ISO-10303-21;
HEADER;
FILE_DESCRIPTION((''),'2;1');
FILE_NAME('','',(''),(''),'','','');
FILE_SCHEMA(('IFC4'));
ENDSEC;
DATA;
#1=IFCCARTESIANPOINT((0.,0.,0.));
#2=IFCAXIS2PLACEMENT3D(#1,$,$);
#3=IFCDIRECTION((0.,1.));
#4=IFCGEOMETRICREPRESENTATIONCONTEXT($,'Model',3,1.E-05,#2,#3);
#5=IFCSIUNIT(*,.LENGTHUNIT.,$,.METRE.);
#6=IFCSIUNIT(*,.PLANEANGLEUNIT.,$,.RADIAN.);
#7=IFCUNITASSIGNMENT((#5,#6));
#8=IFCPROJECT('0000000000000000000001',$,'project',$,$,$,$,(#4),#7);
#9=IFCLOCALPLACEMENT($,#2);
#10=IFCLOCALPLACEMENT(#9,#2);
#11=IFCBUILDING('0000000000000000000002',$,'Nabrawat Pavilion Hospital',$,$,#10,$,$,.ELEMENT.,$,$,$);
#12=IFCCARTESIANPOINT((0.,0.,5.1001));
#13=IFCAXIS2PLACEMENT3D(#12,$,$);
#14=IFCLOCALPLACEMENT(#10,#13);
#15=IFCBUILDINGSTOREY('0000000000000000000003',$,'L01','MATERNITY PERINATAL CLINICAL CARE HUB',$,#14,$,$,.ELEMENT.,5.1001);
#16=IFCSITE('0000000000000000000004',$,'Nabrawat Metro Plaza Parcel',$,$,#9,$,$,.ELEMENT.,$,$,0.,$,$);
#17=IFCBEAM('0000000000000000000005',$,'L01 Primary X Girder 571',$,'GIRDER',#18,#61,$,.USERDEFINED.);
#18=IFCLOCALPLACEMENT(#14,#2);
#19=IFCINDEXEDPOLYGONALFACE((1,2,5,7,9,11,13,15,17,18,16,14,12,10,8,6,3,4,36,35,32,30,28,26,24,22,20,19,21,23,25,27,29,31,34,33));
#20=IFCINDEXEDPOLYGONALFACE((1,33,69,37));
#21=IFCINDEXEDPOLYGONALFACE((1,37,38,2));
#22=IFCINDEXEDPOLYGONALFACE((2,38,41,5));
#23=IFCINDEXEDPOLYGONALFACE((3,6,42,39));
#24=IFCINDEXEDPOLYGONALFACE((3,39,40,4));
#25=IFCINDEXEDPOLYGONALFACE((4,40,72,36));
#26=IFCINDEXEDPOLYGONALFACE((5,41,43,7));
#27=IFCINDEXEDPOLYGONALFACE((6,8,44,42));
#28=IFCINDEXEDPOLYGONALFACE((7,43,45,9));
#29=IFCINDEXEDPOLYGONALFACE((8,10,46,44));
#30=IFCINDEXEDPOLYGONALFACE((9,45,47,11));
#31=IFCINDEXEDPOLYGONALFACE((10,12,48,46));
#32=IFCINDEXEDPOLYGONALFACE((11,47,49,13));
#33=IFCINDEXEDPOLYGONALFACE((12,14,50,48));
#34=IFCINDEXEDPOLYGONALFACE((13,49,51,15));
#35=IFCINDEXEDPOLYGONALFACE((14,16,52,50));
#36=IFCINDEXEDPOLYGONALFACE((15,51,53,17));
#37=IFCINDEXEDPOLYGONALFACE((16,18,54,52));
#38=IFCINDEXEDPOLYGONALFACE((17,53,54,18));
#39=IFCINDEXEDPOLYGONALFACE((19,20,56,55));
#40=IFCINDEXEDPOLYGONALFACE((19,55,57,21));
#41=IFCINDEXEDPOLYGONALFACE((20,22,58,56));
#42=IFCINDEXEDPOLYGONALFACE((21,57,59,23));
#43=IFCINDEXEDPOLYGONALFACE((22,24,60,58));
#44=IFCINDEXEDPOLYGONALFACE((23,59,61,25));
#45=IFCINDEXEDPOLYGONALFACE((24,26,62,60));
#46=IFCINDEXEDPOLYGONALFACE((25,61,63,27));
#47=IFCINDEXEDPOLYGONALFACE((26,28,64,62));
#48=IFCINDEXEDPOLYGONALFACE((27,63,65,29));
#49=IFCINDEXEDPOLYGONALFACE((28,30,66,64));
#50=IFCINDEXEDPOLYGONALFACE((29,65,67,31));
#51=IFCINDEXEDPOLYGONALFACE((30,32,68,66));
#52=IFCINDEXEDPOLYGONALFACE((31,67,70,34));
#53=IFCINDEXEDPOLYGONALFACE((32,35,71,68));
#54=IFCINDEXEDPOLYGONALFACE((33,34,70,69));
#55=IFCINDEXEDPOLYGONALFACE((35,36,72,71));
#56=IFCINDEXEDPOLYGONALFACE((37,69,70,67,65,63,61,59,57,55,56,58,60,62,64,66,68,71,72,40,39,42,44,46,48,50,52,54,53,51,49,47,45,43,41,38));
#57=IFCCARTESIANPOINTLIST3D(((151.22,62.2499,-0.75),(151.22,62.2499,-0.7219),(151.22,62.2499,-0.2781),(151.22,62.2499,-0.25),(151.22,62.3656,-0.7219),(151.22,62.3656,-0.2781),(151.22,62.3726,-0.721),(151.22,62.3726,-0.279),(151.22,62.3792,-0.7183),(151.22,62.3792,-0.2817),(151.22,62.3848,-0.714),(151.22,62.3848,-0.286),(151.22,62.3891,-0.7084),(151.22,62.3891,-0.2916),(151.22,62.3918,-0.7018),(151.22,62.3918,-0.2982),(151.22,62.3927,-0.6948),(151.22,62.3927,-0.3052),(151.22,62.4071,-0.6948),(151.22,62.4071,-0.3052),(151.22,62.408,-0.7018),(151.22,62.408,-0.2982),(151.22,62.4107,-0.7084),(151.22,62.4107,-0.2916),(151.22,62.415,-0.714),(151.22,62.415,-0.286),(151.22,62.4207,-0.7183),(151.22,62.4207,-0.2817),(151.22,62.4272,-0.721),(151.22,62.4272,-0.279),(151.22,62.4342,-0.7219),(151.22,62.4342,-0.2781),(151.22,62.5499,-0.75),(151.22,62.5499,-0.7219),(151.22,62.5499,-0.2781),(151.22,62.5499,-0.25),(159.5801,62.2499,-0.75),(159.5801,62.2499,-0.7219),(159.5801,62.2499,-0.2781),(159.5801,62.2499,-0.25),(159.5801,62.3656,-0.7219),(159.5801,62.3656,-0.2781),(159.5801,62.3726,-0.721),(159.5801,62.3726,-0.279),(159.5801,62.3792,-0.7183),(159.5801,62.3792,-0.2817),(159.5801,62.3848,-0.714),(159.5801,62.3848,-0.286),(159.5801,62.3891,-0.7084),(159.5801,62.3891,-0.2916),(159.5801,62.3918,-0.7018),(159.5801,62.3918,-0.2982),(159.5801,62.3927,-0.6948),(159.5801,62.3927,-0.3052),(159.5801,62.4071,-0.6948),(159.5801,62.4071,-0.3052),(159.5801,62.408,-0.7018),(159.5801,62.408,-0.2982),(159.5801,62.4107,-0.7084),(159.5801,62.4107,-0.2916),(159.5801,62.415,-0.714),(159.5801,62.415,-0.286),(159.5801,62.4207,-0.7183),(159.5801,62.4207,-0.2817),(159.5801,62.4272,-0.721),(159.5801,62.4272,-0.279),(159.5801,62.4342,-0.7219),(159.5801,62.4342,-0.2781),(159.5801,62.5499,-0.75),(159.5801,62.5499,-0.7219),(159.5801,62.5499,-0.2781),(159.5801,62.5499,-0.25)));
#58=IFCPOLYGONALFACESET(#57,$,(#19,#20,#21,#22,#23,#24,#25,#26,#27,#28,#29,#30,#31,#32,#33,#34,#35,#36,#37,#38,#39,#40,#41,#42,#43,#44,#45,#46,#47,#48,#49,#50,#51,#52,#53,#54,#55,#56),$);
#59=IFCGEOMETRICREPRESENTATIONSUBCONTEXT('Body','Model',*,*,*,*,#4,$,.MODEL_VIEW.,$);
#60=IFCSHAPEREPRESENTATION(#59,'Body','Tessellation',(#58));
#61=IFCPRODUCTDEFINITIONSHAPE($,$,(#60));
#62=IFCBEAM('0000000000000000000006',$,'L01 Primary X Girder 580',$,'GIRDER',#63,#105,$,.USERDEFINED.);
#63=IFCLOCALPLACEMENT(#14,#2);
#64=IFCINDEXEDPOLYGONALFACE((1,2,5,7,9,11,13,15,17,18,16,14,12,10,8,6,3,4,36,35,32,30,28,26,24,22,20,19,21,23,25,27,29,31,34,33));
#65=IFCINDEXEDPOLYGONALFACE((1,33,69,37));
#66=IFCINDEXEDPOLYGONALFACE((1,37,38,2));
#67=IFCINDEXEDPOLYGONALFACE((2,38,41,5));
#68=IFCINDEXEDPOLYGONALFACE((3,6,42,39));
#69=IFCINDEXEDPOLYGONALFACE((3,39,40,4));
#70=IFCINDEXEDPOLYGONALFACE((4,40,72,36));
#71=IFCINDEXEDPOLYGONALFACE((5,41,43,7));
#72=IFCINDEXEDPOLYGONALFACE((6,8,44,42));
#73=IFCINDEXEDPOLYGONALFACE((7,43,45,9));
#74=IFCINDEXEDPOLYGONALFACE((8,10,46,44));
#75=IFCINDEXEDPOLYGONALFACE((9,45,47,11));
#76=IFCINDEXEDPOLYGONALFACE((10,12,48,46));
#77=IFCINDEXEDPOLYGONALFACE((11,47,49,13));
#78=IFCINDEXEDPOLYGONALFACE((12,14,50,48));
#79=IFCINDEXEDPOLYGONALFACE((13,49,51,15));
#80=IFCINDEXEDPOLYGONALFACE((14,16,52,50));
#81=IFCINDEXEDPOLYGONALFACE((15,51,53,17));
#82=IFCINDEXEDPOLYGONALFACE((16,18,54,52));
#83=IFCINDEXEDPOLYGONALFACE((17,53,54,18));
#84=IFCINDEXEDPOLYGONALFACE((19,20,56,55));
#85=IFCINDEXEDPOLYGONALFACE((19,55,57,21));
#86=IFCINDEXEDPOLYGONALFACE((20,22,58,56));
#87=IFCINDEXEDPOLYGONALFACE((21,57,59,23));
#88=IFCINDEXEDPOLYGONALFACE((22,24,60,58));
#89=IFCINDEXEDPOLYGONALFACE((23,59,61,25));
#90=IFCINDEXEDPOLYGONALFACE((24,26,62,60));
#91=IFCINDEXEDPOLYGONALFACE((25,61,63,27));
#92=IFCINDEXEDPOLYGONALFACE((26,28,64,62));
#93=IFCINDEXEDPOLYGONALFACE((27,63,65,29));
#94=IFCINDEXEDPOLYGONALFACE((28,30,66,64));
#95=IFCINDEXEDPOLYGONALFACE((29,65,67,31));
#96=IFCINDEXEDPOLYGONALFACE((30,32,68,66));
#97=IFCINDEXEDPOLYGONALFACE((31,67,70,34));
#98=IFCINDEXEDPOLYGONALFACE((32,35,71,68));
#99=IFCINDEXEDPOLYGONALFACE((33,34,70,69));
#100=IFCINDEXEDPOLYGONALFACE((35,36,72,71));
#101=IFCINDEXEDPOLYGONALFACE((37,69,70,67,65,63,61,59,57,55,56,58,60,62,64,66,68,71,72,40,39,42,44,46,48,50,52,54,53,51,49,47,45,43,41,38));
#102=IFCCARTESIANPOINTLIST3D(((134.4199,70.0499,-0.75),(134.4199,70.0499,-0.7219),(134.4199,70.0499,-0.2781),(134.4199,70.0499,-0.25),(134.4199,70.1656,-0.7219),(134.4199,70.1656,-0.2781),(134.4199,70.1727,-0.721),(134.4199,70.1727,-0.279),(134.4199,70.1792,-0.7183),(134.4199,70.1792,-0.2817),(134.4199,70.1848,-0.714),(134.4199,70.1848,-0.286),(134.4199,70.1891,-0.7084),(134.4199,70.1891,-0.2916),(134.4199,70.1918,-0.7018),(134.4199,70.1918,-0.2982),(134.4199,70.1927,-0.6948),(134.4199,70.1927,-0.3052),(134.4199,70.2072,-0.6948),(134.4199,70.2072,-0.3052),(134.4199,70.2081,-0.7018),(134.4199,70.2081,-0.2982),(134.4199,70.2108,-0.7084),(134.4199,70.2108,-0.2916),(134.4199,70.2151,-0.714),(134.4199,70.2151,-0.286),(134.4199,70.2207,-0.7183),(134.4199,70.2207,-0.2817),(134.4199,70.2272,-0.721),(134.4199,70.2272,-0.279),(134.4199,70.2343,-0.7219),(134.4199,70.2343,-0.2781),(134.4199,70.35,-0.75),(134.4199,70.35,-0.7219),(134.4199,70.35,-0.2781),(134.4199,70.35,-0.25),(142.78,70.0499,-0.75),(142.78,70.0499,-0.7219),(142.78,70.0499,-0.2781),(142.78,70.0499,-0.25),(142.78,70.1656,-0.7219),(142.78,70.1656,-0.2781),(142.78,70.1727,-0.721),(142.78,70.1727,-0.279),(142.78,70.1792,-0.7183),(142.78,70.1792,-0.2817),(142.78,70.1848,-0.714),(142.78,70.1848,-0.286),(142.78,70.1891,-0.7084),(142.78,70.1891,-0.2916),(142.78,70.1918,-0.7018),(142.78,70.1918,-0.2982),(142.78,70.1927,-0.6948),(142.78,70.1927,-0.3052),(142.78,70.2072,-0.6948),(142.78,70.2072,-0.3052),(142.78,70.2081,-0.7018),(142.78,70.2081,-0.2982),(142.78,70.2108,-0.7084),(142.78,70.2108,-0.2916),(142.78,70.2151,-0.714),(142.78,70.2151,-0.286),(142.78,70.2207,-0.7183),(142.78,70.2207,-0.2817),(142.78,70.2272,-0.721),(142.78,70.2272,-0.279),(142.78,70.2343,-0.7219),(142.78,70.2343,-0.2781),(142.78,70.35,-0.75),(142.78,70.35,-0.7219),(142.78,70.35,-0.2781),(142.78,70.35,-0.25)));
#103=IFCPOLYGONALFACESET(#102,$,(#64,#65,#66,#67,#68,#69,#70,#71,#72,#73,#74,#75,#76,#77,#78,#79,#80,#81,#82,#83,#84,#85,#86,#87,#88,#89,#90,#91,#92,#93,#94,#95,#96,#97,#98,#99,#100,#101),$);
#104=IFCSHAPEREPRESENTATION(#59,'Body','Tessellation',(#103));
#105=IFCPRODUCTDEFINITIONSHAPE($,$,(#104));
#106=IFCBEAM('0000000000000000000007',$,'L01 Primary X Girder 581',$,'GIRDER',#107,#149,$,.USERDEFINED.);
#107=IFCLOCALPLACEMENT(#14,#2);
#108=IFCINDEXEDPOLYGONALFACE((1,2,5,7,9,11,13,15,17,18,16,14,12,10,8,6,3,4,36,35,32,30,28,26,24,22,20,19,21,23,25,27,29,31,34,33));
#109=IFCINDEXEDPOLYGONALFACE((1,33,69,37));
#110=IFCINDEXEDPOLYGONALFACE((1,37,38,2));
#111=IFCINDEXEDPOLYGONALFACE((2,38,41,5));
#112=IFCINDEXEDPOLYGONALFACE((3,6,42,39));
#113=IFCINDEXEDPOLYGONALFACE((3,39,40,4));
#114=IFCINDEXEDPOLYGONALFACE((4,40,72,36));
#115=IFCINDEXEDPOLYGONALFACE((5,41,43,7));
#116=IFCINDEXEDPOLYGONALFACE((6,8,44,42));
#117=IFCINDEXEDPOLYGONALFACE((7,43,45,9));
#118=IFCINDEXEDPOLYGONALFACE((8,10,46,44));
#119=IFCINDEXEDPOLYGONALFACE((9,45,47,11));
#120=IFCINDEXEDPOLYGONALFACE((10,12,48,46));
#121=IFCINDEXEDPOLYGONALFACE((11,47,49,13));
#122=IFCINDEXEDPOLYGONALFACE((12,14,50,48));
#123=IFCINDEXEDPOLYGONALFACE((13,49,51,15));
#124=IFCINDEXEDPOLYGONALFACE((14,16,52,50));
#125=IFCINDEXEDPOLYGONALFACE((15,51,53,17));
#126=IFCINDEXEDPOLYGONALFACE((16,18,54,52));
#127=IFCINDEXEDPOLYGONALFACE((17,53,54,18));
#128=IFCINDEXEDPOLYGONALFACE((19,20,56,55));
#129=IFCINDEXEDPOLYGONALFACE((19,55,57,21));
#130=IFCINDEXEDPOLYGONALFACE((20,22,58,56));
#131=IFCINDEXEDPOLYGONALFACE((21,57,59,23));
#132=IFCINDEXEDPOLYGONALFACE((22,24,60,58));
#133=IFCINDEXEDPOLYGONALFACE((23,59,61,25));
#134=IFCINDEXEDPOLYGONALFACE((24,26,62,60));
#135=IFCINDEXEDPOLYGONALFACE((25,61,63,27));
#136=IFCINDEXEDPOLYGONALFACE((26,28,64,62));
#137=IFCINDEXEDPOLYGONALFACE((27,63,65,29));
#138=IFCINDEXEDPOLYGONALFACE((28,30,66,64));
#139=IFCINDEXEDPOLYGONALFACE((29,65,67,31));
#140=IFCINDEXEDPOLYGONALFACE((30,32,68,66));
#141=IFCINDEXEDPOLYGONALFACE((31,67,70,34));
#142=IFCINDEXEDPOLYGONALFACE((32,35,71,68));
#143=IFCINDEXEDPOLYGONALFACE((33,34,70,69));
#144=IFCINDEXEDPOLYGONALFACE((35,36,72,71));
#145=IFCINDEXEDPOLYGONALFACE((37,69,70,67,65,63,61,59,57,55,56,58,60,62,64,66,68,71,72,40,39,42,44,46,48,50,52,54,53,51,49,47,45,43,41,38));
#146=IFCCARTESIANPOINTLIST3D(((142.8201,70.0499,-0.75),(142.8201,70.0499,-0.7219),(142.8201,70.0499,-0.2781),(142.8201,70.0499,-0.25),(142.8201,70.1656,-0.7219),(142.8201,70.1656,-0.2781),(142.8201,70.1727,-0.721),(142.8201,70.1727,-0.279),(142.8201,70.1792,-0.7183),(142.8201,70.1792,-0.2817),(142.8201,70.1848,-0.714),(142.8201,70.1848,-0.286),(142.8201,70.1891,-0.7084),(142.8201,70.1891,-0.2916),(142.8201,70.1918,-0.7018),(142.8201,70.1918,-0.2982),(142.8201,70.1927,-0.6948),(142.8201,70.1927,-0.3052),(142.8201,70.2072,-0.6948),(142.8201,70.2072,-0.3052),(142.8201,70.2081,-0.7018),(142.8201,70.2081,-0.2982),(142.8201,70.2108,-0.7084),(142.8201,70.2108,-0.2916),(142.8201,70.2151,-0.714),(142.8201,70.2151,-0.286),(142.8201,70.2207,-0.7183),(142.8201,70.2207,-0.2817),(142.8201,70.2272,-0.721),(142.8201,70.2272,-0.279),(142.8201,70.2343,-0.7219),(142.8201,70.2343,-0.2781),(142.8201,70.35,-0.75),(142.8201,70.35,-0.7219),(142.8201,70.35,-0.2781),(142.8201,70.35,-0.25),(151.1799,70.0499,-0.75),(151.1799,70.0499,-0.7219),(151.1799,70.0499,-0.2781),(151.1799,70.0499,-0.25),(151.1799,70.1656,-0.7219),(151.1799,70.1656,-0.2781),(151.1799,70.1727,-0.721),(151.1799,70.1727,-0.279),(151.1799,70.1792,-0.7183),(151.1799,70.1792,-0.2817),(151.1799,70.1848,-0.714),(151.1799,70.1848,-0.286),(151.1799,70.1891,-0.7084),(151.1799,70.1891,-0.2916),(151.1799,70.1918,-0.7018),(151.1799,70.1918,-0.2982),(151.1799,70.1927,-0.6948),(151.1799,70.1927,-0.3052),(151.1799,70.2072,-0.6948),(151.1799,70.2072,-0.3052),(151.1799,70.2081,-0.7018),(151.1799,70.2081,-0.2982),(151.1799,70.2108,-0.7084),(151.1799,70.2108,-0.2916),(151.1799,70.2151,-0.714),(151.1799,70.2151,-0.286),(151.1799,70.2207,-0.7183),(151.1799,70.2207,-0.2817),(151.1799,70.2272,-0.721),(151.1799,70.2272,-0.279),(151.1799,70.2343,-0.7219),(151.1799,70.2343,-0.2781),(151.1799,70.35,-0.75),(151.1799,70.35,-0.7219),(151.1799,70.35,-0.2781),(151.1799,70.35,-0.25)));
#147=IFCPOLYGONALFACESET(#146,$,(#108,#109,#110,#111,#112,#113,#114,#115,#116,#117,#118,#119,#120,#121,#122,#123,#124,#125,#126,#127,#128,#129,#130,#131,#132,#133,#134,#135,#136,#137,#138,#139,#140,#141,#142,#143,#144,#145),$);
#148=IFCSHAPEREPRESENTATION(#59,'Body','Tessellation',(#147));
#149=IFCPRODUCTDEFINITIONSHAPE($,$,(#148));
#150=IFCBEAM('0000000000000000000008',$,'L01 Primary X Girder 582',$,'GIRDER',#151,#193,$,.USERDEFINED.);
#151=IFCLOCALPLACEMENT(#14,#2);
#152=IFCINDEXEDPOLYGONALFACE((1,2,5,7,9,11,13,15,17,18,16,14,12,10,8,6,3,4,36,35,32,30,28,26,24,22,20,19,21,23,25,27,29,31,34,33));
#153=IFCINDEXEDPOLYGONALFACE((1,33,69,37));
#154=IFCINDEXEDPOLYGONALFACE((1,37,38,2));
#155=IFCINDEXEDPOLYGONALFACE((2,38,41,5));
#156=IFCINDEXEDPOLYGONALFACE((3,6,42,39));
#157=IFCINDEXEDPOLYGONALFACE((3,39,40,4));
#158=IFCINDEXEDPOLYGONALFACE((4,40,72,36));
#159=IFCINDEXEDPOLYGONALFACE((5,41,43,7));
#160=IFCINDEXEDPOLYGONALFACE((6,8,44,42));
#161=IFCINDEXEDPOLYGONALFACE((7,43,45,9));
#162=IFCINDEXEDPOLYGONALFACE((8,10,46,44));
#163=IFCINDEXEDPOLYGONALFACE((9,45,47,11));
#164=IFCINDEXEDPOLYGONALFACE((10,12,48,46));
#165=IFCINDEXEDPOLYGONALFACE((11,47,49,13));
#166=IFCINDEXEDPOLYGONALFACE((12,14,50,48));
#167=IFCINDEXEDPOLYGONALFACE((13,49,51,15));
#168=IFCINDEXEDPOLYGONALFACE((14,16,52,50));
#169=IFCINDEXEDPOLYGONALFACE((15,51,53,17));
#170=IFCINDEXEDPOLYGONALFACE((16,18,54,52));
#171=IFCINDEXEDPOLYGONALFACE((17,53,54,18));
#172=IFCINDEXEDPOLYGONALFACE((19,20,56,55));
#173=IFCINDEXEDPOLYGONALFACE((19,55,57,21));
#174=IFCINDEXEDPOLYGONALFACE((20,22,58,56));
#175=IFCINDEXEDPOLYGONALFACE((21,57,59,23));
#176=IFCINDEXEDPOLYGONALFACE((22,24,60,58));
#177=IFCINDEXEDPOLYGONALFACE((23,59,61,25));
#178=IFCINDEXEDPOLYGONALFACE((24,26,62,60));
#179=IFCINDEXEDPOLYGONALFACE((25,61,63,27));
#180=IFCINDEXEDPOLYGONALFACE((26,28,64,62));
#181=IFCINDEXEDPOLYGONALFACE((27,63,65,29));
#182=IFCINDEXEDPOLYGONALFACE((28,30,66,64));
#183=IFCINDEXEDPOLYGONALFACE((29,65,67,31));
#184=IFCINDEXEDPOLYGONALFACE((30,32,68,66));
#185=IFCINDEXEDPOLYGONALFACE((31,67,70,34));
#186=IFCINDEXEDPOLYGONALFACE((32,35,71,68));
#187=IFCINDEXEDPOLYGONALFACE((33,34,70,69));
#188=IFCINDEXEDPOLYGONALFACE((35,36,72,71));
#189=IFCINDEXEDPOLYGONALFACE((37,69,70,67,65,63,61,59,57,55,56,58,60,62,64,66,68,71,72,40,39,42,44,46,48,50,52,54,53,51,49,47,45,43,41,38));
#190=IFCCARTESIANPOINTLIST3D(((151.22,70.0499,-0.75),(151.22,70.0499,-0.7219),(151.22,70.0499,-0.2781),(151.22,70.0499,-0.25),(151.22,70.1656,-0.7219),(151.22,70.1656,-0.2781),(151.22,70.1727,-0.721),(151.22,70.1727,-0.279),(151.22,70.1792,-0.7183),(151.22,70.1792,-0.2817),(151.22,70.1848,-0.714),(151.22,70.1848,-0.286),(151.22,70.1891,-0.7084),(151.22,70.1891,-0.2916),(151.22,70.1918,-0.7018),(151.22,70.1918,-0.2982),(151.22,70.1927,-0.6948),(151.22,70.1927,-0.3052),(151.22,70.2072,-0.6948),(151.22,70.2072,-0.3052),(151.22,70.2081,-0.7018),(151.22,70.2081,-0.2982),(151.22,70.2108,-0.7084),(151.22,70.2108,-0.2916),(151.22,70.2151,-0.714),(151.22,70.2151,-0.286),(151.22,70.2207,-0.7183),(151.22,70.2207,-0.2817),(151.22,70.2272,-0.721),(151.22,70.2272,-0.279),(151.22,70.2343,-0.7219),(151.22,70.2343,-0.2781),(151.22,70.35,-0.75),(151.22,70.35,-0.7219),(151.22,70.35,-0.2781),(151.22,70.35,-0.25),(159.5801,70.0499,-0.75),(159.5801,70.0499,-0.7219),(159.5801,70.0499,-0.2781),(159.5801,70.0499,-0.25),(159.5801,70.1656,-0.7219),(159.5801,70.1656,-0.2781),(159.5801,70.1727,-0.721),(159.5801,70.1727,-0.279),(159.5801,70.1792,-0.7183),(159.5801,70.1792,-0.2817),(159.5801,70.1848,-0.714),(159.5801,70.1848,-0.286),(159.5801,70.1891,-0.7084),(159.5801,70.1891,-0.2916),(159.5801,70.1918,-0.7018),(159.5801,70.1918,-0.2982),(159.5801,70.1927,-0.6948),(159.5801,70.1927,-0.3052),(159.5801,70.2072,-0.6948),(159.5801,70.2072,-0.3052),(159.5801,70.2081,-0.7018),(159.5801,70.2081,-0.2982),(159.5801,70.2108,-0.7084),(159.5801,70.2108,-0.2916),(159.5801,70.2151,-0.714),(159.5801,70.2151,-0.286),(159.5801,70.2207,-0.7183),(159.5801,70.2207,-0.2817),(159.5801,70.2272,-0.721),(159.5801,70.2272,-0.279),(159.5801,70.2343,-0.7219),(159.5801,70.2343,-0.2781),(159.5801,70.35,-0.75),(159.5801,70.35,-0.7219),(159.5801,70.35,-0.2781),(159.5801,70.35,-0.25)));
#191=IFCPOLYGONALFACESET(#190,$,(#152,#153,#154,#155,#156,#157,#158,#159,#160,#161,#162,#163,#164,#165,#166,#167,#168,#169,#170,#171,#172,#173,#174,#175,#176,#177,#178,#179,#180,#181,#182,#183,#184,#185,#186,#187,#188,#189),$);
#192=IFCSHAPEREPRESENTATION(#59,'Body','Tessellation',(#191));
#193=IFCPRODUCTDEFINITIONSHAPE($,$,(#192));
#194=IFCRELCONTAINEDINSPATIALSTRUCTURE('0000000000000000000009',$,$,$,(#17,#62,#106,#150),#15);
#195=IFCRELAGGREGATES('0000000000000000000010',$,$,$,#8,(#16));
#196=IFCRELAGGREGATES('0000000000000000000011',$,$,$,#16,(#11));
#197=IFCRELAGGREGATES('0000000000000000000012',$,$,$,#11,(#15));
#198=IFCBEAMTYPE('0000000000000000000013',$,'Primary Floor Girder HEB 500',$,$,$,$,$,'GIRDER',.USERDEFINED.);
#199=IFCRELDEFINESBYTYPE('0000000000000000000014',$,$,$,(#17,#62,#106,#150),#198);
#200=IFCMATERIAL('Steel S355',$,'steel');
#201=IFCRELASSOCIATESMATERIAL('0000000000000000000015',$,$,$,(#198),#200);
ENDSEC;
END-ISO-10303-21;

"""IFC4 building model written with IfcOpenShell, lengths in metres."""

from ifc_helpers import new_model, si_unit, direction, frame, origin, origin_2d, place, context, subcontext, project, spatial, i_section, extrude, material, material_profile, profile_set, type_object, element, save


model = new_model("IFC4")

# Units and contexts
model_context = context("Model", 3, precision=1e-05, world=origin(), true_north=direction((0.0, 1.0)))
body_context = subcontext(model_context, "Body", "Model", "MODEL_VIEW")
ifc_project = project(units=[si_unit("LENGTHUNIT", "METRE"), si_unit("PLANEANGLEUNIT", "RADIAN")], contexts=[model_context])

# Site, building, storey
site_placement = place(None, origin())
site = spatial("IfcSite", under=ifc_project, at=site_placement, Name="Nabrawat Metro Plaza Parcel", CompositionType="ELEMENT", RefElevation=0.0)
building_placement = place(site_placement, origin())
building = spatial("IfcBuilding", under=site, at=building_placement, Name="Nabrawat Pavilion Hospital", CompositionType="ELEMENT")
storey_placement = place(building_placement, frame((0.0, 0.0, 5.1001)))
storey = spatial("IfcBuildingStorey", under=building, at=storey_placement, Name="L01", Description="MATERNITY PERINATAL CLINICAL CARE HUB", CompositionType="ELEMENT", Elevation=5.1001)

# Shared definitions
ifc_material_1 = material(Name="Steel S355", Category="steel")

# Beams
ifc_material_profile_1 = material_profile(ifc_material_1, i_section(OverallWidth=0.3, OverallDepth=0.5, WebThickness=0.0144, FlangeThickness=0.0281, FilletRadius=0.0271, at=origin_2d()), Name="HEB 500")
ifc_profile_set_1 = profile_set([ifc_material_profile_1], Name="Steel S355")
beam_type_1 = type_object("IfcBeamType", Name="Primary Floor Girder HEB 500", ElementType="GIRDER", PredefinedType="USERDEFINED", material=ifc_profile_set_1)
for number, where, z_axis, x_axis, name in (
    (1, (151.22, 62.3999, -0.5), (1.0, 0.0, 0.0), (0.0, 1.0, 0.0), "L01 Primary X Girder 571"),
    (2, (134.4199, 70.2, -0.5), (1.0, 0.0, 0.0), (0.0, 1.0, 0.0), "L01 Primary X Girder 580"),
):
    element("IfcBeam", number, at=place(storey_placement, frame(where, z_axis=z_axis, x_axis=x_axis)), inside=storey, type_object=beam_type_1, Name=name, ObjectType="GIRDER", PredefinedType="USERDEFINED", context=body_context, shape_type="SweptSolid", body=[
        extrude(i_section(OverallWidth=0.3, OverallDepth=0.5, WebThickness=0.0144, FlangeThickness=0.0281, FilletRadius=0.0271, at=origin_2d()), origin(), (0.0, 0.0, 1.0), 8.3601),
    ])
beam_1_placement = place(storey_placement, frame((142.8201, 70.2, -0.5), z_axis=(1.0, 0.0, 0.0), x_axis=(0.0, 1.0, 0.0)))
element("IfcBeam", 3, at=beam_1_placement, inside=storey, type_object=beam_type_1, Name="L01 Primary X Girder 581", ObjectType="GIRDER", PredefinedType="USERDEFINED", context=body_context, shape_type="SweptSolid", body=[
    extrude(i_section(OverallWidth=0.3, OverallDepth=0.5, WebThickness=0.0144, FlangeThickness=0.0281, FilletRadius=0.0271, at=origin_2d()), origin(), (0.0, 0.0, 1.0), 8.3599),
])
for number, where, z_axis, x_axis, name in (
    (4, (151.22, 70.2, -0.5), (1.0, 0.0, 0.0), (0.0, 1.0, 0.0), "L01 Primary X Girder 582"),
):
    element("IfcBeam", number, at=place(storey_placement, frame(where, z_axis=z_axis, x_axis=x_axis)), inside=storey, type_object=beam_type_1, Name=name, ObjectType="GIRDER", PredefinedType="USERDEFINED", context=body_context, shape_type="SweptSolid", body=[
        extrude(i_section(OverallWidth=0.3, OverallDepth=0.5, WebThickness=0.0144, FlangeThickness=0.0281, FilletRadius=0.0271, at=origin_2d()), origin(), (0.0, 0.0, 1.0), 8.3601),
    ])

save(model, "model.ifc")
